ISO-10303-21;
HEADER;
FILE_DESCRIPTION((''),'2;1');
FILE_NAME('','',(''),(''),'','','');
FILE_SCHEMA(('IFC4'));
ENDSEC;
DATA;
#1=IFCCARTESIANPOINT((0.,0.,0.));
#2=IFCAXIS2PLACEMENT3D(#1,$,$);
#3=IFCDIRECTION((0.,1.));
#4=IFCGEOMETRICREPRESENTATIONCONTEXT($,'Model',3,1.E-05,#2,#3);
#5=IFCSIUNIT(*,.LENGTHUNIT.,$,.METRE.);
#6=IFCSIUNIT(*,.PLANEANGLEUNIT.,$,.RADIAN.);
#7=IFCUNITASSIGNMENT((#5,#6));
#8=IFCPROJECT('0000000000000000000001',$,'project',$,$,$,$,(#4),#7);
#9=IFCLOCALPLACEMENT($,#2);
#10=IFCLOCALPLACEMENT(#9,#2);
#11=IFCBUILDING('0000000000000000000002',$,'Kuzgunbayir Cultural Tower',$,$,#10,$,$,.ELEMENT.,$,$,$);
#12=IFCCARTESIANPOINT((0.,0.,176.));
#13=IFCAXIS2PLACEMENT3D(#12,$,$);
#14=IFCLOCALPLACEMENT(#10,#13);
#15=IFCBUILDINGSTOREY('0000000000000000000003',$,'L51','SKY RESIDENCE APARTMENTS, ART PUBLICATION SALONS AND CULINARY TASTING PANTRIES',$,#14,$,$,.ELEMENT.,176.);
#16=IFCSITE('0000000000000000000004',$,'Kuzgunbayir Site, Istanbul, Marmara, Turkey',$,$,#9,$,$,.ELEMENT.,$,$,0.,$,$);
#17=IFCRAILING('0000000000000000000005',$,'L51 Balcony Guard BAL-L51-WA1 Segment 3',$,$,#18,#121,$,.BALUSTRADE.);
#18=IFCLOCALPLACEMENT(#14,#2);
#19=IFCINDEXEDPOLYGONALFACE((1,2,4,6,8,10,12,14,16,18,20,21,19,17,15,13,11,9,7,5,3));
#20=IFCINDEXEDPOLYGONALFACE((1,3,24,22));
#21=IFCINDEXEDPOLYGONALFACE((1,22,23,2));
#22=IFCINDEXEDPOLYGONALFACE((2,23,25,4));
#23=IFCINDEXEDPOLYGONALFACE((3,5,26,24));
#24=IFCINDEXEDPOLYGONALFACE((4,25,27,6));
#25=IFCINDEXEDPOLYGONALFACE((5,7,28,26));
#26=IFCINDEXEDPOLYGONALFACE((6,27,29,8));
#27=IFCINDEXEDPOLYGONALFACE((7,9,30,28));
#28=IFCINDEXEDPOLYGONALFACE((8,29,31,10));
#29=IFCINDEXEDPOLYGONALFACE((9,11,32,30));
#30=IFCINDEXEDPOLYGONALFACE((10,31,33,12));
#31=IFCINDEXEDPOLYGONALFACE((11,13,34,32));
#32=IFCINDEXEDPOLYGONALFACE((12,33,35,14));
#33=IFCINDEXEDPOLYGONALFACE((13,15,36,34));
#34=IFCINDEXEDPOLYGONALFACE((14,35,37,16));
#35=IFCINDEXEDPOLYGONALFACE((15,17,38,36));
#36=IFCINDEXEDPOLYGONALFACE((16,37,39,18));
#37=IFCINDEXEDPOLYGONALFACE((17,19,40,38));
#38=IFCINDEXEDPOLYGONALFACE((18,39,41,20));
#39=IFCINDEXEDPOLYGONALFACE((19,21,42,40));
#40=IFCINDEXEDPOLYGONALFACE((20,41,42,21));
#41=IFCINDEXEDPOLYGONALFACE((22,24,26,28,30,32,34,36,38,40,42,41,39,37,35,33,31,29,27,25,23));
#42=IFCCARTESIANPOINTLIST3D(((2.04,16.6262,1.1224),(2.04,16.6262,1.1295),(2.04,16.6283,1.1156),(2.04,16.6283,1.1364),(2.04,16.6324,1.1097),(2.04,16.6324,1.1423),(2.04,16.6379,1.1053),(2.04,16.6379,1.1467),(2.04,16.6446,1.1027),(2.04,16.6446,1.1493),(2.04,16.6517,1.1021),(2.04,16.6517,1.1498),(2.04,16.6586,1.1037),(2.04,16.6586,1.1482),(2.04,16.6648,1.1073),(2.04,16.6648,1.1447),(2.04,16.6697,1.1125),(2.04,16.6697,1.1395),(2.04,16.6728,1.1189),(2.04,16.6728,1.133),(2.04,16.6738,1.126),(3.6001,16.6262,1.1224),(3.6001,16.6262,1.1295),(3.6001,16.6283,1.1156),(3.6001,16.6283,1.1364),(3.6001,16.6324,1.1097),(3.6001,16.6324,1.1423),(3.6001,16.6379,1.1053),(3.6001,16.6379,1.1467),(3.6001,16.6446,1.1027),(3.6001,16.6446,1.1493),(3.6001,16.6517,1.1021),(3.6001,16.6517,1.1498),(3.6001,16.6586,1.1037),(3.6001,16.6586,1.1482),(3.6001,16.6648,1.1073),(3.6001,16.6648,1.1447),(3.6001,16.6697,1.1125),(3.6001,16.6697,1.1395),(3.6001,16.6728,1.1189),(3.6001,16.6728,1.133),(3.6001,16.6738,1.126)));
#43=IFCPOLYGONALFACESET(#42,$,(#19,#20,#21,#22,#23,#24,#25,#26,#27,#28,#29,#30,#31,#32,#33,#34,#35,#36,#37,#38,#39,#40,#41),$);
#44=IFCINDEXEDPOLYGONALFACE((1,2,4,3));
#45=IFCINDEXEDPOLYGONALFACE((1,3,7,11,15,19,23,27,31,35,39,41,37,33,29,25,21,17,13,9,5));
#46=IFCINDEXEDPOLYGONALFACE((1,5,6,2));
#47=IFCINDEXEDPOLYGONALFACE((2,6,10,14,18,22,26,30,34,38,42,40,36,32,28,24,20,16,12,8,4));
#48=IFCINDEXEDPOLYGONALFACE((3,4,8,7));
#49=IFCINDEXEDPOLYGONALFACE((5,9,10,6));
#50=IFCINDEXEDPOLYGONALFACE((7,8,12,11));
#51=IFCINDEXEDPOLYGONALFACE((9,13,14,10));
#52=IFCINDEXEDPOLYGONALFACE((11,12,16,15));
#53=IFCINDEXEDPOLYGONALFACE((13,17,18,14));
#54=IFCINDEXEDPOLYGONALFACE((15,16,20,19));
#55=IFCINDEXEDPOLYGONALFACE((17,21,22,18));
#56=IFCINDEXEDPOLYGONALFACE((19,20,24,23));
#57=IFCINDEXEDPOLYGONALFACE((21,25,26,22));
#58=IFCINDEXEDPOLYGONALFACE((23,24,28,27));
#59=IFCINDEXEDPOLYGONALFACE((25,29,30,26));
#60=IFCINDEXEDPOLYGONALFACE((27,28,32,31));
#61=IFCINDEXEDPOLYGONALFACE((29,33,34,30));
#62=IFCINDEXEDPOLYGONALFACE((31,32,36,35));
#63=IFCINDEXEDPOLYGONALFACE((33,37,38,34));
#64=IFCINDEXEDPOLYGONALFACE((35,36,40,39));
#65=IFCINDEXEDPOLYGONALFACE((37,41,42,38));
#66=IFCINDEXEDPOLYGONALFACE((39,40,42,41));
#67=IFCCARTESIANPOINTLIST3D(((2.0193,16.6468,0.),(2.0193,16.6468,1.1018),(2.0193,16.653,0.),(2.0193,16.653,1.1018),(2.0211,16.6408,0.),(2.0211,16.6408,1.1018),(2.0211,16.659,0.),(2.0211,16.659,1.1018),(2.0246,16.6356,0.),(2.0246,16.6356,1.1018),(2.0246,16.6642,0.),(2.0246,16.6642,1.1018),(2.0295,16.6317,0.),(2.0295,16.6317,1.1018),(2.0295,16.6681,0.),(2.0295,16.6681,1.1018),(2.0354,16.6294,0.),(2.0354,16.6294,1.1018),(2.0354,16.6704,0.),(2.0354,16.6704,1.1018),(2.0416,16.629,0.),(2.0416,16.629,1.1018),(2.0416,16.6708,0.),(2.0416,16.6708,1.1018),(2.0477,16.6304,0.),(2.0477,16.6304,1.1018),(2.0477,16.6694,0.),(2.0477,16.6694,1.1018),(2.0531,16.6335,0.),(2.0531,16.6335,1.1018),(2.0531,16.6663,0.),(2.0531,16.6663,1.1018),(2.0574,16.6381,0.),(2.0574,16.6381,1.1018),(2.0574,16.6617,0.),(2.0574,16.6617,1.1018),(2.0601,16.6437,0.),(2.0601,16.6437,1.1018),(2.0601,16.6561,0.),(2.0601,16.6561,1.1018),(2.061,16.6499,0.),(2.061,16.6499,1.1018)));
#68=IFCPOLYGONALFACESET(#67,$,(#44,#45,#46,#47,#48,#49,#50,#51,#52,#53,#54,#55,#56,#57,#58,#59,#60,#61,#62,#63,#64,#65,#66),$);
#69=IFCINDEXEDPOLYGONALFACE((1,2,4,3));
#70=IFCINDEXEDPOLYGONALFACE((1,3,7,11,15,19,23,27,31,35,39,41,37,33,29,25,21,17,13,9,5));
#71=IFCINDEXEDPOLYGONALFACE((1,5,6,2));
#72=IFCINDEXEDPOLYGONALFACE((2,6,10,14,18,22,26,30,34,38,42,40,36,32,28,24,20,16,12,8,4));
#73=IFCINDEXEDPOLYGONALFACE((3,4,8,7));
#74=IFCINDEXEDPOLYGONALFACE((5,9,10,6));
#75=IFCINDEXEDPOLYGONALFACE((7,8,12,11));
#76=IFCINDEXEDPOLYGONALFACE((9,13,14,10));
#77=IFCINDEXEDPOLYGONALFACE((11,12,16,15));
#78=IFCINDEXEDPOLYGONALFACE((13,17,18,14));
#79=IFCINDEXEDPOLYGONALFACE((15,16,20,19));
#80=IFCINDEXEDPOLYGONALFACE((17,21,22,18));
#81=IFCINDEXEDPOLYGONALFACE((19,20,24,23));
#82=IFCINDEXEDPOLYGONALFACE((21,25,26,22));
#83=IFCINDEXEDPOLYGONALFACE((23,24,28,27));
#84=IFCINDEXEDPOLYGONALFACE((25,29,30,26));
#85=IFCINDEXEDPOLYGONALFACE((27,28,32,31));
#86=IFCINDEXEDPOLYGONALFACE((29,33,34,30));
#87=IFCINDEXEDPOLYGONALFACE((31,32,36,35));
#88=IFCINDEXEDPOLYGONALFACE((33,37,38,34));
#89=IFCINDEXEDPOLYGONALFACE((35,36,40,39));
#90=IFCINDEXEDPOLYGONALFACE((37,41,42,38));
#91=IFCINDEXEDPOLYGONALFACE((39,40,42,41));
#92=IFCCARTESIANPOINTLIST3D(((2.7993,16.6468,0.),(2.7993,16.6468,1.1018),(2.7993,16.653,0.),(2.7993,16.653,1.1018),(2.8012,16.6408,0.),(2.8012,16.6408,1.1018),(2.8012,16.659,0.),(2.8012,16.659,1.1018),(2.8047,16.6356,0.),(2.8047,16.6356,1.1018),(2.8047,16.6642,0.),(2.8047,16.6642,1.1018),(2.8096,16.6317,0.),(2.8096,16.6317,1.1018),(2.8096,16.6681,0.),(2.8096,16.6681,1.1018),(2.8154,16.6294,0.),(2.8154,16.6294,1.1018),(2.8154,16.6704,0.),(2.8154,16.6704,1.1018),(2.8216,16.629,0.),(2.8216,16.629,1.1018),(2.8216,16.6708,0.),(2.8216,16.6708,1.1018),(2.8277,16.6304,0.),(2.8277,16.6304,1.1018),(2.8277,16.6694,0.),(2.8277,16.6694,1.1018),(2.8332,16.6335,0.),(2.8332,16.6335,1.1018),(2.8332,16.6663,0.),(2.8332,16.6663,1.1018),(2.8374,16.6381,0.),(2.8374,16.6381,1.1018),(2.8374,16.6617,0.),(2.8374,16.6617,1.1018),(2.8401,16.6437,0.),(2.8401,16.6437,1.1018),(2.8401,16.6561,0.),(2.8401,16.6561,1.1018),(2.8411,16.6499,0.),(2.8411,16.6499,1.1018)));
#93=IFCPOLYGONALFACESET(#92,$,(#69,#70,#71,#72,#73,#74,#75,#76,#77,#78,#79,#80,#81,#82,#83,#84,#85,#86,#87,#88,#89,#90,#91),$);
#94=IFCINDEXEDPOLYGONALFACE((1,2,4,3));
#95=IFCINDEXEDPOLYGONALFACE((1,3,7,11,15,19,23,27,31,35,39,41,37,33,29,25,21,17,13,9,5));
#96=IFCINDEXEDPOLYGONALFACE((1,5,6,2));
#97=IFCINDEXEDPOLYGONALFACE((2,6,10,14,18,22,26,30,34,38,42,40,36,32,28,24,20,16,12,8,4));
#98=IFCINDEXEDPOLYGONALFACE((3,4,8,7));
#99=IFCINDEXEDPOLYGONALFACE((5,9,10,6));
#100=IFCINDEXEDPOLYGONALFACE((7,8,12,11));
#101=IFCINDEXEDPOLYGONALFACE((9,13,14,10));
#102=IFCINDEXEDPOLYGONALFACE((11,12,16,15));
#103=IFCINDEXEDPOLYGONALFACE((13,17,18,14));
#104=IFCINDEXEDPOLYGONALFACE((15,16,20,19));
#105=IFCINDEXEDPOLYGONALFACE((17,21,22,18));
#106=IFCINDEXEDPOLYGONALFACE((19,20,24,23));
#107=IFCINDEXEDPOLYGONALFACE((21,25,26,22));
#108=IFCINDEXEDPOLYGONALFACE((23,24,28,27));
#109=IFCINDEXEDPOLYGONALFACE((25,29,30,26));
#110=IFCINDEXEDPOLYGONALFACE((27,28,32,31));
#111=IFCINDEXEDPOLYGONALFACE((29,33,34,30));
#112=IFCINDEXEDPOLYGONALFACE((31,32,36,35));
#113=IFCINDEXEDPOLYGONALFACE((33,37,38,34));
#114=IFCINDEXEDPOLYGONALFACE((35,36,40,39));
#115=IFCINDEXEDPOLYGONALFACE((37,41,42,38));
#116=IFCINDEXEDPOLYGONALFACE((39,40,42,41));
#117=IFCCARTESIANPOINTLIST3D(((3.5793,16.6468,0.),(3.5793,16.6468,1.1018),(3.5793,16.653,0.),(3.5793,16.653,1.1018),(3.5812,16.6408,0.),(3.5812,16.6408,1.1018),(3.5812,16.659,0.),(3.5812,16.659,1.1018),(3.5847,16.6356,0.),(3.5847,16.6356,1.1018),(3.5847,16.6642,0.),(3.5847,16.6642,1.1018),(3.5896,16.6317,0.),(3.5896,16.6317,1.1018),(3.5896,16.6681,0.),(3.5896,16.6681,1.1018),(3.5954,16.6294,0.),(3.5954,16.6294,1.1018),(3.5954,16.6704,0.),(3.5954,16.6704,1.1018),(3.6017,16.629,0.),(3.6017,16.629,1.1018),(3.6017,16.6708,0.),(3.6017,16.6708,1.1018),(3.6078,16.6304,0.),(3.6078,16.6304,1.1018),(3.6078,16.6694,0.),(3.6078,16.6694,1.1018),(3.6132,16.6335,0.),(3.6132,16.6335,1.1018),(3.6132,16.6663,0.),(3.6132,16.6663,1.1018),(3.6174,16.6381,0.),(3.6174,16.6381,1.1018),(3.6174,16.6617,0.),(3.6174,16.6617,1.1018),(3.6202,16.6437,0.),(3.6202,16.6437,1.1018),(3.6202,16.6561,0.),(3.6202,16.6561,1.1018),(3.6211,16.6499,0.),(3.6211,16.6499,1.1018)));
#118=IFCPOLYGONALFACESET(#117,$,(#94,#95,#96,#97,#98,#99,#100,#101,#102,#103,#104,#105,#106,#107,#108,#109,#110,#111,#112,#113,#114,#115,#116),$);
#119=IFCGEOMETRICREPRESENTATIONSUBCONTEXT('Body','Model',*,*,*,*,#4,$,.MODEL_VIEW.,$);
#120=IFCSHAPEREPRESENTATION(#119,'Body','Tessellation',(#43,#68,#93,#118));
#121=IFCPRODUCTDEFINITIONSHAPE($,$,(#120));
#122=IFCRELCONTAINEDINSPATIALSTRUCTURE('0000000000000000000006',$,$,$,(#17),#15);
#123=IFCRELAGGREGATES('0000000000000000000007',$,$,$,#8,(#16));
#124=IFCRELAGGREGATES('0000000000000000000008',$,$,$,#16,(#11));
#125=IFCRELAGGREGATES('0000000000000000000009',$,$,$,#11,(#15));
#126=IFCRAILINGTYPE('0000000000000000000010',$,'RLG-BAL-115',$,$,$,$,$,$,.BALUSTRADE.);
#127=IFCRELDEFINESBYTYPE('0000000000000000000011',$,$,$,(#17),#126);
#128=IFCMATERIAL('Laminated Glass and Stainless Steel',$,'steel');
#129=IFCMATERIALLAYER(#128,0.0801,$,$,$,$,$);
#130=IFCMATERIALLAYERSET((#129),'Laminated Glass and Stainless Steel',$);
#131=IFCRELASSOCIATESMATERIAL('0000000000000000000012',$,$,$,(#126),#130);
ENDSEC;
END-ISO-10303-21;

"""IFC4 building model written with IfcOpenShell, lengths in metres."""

from ifc_helpers import new_model, si_unit, direction, frame, origin, origin_2d, place, context, subcontext, project, spatial, circle, extrude, material, layer, layer_set, type_object, element, save


model = new_model("IFC4")

# Units and contexts
model_context = context("Model", 3, precision=1e-05, world=origin(), true_north=direction((0.0, 1.0)))
body_context = subcontext(model_context, "Body", "Model", "MODEL_VIEW")
ifc_project = project(units=[si_unit("LENGTHUNIT", "METRE"), si_unit("PLANEANGLEUNIT", "RADIAN")], contexts=[model_context])

# Site, building, storey
site_placement = place(None, origin())
site = spatial("IfcSite", under=ifc_project, at=site_placement, Name="Kuzgunbayir Site, Istanbul, Marmara, Turkey", CompositionType="ELEMENT", RefElevation=0.0)
building_placement = place(site_placement, origin())
building = spatial("IfcBuilding", under=site, at=building_placement, Name="Kuzgunbayir Cultural Tower", CompositionType="ELEMENT")
storey_placement = place(building_placement, frame((0.0, 0.0, 176.0)))
storey = spatial("IfcBuildingStorey", under=building, at=storey_placement, Name="L51", Description="SKY RESIDENCE APARTMENTS, ART PUBLICATION SALONS AND CULINARY TASTING PANTRIES", CompositionType="ELEMENT", Elevation=176.0)

# Railing
ifc_material_1 = material(Name="Laminated Glass and Stainless Steel", Category="steel")
ifc_layer_1 = layer(ifc_material_1, 0.0801)
ifc_layer_set_1 = layer_set([ifc_layer_1], Name="Laminated Glass and Stainless Steel")
railing_type = type_object("IfcRailingType", Name="RLG-BAL-115", PredefinedType="BALUSTRADE", material=ifc_layer_set_1)
railing_1_placement = place(storey_placement, frame((2.04, 16.6499, 0.0)))
element("IfcRailing", 1, at=railing_1_placement, inside=storey, type_object=railing_type, Name="L51 Balcony Guard BAL-L51-WA1 Segment 3", PredefinedType="BALUSTRADE", context=body_context, shape_type="SweptSolid", body=[
    extrude(circle(Radius=0.0239, at=origin_2d()), frame((0.0, 0.0, 1.126), z_axis=(1.0, 0.0, 0.0), x_axis=(0.0, 1.0, 0.0)), (0.0, 0.0, 1.0), 1.5601),
    extrude(circle(Radius=0.021, at=origin_2d()), origin(), (0.0, 0.0, 1.0), 1.1018),
    extrude(circle(Radius=0.021, at=origin_2d()), frame((0.78, 0.0, 0.0)), (0.0, 0.0, 1.0), 1.1018),
    extrude(circle(Radius=0.021, at=origin_2d()), frame((1.5601, 0.0, 0.0)), (0.0, 0.0, 1.0), 1.1018),
])

save(model, "model.ifc")
